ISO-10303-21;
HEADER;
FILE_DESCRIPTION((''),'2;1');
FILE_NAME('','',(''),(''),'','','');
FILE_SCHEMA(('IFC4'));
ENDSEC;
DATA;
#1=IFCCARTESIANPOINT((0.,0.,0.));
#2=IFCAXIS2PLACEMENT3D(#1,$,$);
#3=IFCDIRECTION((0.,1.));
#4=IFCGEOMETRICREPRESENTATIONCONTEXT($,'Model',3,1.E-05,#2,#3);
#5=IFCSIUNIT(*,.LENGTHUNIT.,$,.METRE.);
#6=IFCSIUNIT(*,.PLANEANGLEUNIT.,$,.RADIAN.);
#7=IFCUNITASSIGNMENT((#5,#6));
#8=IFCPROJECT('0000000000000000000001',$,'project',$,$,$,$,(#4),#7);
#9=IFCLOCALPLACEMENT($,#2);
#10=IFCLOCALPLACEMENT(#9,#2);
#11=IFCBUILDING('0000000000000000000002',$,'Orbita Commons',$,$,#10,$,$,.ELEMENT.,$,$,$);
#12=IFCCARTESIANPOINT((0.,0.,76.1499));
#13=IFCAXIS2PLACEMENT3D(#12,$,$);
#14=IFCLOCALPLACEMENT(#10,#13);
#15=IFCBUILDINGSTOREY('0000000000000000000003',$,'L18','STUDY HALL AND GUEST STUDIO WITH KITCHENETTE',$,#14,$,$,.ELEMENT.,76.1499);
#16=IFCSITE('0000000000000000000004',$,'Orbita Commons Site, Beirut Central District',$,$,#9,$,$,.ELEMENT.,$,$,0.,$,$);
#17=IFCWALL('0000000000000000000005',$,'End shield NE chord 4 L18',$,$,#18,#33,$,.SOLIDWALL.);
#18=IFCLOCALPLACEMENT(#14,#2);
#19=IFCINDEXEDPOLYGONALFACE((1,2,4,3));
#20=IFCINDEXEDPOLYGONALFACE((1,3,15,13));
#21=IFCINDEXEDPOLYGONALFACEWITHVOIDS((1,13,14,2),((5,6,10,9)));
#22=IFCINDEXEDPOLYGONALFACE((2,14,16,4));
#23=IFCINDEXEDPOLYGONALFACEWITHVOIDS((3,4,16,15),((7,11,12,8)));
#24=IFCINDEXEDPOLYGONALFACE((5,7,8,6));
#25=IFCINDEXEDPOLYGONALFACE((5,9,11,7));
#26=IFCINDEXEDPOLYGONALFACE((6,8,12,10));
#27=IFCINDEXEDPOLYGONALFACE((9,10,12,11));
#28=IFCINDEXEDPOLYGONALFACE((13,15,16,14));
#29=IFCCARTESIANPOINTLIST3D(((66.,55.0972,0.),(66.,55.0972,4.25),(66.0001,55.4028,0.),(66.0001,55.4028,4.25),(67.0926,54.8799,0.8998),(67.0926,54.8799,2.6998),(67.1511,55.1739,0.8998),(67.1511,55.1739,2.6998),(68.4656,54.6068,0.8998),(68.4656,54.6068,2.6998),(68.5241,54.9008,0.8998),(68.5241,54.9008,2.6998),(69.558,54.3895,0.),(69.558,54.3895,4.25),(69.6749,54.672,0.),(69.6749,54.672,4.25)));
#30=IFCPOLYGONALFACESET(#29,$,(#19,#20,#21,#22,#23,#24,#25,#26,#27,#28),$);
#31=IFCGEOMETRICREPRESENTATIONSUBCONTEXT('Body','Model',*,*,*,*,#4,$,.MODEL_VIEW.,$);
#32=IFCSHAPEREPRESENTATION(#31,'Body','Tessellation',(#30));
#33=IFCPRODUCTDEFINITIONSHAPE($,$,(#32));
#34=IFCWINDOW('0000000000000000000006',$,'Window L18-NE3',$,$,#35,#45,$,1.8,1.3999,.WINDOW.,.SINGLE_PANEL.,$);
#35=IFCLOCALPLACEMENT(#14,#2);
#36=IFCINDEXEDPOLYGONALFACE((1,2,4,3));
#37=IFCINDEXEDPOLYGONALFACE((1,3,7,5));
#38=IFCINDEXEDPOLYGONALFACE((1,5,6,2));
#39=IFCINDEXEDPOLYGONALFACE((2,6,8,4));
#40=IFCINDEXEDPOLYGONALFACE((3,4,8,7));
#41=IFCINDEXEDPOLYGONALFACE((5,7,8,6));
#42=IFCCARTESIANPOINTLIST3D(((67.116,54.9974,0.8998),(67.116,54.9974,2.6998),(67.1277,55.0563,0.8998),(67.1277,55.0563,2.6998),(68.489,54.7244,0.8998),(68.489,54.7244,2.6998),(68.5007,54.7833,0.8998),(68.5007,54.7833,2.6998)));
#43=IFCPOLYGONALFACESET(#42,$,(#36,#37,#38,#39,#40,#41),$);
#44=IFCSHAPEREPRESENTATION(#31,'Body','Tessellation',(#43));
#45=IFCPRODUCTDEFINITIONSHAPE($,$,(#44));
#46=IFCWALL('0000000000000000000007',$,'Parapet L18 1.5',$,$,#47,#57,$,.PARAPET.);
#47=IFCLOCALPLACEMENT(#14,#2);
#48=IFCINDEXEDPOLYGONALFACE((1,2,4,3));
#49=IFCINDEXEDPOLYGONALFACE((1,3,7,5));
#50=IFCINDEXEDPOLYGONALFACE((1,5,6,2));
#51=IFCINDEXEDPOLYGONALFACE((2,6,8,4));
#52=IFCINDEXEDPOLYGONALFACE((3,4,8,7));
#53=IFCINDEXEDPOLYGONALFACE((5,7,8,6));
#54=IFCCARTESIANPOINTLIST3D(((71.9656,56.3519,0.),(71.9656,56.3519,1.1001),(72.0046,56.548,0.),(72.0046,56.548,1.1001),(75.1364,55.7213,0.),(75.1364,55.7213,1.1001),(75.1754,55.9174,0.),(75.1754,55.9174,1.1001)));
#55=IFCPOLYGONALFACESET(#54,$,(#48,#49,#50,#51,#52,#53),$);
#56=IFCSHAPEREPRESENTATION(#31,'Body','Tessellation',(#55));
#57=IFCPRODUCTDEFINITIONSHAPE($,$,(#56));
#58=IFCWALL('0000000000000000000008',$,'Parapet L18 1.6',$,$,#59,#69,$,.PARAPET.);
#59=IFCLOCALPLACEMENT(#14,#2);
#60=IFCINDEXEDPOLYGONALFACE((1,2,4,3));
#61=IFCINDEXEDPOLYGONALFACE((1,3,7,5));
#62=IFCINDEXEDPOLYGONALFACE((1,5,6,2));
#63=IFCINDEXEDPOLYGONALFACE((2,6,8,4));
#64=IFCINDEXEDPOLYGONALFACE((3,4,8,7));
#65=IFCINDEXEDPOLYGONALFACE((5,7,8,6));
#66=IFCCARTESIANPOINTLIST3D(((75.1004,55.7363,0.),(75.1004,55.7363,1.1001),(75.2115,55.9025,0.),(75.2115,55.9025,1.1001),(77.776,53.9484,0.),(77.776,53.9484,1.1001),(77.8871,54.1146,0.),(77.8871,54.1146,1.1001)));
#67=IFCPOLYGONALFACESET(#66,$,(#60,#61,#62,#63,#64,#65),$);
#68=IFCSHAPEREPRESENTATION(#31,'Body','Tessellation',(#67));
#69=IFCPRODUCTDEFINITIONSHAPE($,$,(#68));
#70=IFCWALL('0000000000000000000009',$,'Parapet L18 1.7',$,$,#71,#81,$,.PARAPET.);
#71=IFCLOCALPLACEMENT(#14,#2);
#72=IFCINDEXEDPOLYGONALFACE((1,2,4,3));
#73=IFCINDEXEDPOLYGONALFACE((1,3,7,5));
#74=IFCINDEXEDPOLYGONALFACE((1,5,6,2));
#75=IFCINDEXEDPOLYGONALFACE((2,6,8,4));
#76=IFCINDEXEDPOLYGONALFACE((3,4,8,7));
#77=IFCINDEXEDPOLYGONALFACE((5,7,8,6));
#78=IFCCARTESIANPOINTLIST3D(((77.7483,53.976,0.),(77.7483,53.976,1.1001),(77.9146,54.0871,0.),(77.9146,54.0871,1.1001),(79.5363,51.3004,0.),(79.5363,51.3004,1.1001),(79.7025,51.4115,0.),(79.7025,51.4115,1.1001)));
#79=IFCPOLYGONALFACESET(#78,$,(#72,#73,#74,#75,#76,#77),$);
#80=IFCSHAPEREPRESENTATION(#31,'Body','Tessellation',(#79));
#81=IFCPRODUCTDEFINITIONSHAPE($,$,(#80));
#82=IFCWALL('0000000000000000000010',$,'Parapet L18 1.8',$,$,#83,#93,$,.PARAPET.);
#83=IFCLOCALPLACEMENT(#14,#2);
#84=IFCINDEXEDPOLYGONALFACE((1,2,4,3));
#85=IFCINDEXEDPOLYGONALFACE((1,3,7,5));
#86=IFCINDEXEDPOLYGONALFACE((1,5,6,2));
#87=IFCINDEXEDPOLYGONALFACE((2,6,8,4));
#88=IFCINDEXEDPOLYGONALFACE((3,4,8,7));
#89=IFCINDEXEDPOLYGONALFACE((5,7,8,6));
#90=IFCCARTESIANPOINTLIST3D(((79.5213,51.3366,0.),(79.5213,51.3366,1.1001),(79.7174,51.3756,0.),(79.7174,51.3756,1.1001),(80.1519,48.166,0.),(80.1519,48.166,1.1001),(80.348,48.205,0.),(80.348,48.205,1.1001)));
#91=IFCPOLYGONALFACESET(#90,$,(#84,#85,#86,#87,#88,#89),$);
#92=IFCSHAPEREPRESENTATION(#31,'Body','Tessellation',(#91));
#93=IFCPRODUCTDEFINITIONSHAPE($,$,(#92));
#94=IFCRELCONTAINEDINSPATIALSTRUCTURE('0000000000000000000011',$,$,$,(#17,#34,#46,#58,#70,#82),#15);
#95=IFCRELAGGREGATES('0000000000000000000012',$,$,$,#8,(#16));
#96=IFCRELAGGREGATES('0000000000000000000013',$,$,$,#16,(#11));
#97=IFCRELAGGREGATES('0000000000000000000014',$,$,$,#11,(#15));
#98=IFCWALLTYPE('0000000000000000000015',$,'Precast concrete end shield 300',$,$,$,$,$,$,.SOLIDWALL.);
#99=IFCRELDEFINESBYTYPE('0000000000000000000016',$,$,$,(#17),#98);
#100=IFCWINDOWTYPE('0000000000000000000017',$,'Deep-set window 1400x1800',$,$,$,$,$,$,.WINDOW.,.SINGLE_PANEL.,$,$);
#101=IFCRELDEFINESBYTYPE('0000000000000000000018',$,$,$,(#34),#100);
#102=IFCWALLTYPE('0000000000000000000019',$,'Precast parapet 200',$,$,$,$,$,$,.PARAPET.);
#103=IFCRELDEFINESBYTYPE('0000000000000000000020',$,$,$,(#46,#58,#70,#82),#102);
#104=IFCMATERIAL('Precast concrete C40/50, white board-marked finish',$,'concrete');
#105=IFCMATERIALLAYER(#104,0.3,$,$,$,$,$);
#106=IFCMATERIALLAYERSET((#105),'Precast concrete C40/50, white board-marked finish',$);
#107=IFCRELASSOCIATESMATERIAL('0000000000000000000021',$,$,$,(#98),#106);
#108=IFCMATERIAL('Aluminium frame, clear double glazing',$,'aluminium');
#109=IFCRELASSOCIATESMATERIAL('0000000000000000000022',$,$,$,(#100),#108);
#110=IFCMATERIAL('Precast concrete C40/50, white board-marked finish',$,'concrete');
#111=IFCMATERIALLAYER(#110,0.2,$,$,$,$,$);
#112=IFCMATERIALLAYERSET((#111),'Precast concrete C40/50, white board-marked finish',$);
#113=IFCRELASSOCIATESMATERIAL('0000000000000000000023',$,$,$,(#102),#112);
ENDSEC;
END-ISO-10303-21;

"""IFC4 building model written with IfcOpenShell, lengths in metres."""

from ifc_helpers import new_model, si_unit, direction, frame, frame_2d, origin, place, context, subcontext, project, spatial, polyline, rectangle, outline, extrude, material, layer, layer_set, type_object, element, fill, save


model = new_model("IFC4")

# Units and contexts
model_context = context("Model", 3, precision=1e-05, world=origin(), true_north=direction((0.0, 1.0)))
body_context = subcontext(model_context, "Body", "Model", "MODEL_VIEW")
ifc_project = project(units=[si_unit("LENGTHUNIT", "METRE"), si_unit("PLANEANGLEUNIT", "RADIAN")], contexts=[model_context])

# Site, building, storey
site_placement = place(None, origin())
site = spatial("IfcSite", under=ifc_project, at=site_placement, Name="Orbita Commons Site, Beirut Central District", CompositionType="ELEMENT", RefElevation=0.0)
building_placement = place(site_placement, origin())
building = spatial("IfcBuilding", under=site, at=building_placement, Name="Orbita Commons", CompositionType="ELEMENT")
storey_placement = place(building_placement, frame((0.0, 0.0, 76.1499)))
storey = spatial("IfcBuildingStorey", under=building, at=storey_placement, Name="L18", Description="STUDY HALL AND GUEST STUDIO WITH KITCHENETTE", CompositionType="ELEMENT", Elevation=76.1499)

# Wall, opening, window
ifc_material_1 = material(Name="Precast concrete C40/50, white board-marked finish", Category="concrete")
ifc_layer_1 = layer(ifc_material_1, 0.3)
ifc_layer_set_1 = layer_set([ifc_layer_1], Name="Precast concrete C40/50, white board-marked finish")
wall_type_1 = type_object("IfcWallType", Name="Precast concrete end shield 300", PredefinedType="SOLIDWALL", material=ifc_layer_set_1)
ifc_material_2 = material(Name="Aluminium frame, clear double glazing", Category="aluminium")
window_type = type_object("IfcWindowType", Name="Deep-set window 1400x1800", PartitioningType="SINGLE_PANEL", PredefinedType="WINDOW", material=ifc_material_2)
wall_1_placement = place(storey_placement, frame((69.6165, 54.5308, 0.0), z_axis=(0.0, 0.0, 1.0), x_axis=(-0.980791, 0.195059, 0.0)))
wall_1 = element("IfcWall", 1, at=wall_1_placement, inside=storey, type_object=wall_type_1, Name="End shield NE chord 4 L18", PredefinedType="SOLIDWALL", context=body_context, shape_type="SweptSolid", body=[
    extrude(outline(polyline([(-0.0298, -0.1499), (3.717, -0.1499), (3.6575, 0.1499), (0.0298, 0.1499), (-0.0298, -0.1499)])), origin(), (0.0, 0.0, 1.0), 4.25),
])
opening_1_placement = place(wall_1_placement, frame((1.1436, 0.0, 0.8999)))
opening_1 = element("IfcOpeningElement", 2, at=opening_1_placement, cuts=wall_1, PredefinedType="OPENING", context=body_context, shape_type="SweptSolid", body=[
    extrude(rectangle(XDim=1.3999, YDim=1.8, at=frame_2d((0.7, 0.8999))), frame((0.0, 0.1599, 0.0), z_axis=(0.0, -1.0, 0.0), x_axis=(1.0, 0.0, 0.0)), (0.0, 0.0, 1.0), 0.3201),
])
window_1_placement = place(opening_1_placement, origin())
window_1 = element("IfcWindow", 3, at=window_1_placement, inside=storey, type_object=window_type, Name="Window L18-NE3", OverallHeight=1.8, OverallWidth=1.3999, PartitioningType="SINGLE_PANEL", PredefinedType="WINDOW", context=body_context, shape_type="SweptSolid", body=[
    extrude(rectangle(XDim=1.3999, YDim=1.8, at=frame_2d((0.7, 0.8999))), frame((0.0, 0.03, 0.0), z_axis=(0.0, -1.0, 0.0), x_axis=(1.0, 0.0, 0.0)), (0.0, 0.0, 1.0), 0.0601),
])
fill(opening_1, window_1)

# Walls
ifc_material_3 = material(Name="Precast concrete C40/50, white board-marked finish", Category="concrete")
ifc_layer_2 = layer(ifc_material_3, 0.2)
ifc_layer_set_2 = layer_set([ifc_layer_2], Name="Precast concrete C40/50, white board-marked finish")
wall_type_2 = type_object("IfcWallType", Name="Precast parapet 200", PredefinedType="PARAPET", material=ifc_layer_set_2)
wall_2_placement = place(storey_placement, frame((71.9851, 56.45, 0.0), z_axis=(0.0, 0.0, 1.0), x_axis=(0.980792, -0.195056, 0.0)))
element("IfcWall", 4, at=wall_2_placement, inside=storey, type_object=wall_type_2, Name="Parapet L18 1.5", PredefinedType="PARAPET", context=body_context, shape_type="SweptSolid", body=[
    extrude(rectangle(XDim=3.2329, YDim=0.2, at=frame_2d((1.6165, 0.0))), origin(), (0.0, 0.0, 1.0), 1.1001),
])
for number, where, z_axis, x_axis, name in (
    (5, (75.156, 55.8193, 0.0), (0.0, 0.0, 1.0), (0.831455, -0.555593, 0.0), "Parapet L18 1.6"),
    (6, (77.8315, 54.0315, 0.0), (0.0, 0.0, 1.0), (0.555593, -0.831455, 0.0), "Parapet L18 1.7"),
):
    element("IfcWall", number, at=place(storey_placement, frame(where, z_axis=z_axis, x_axis=x_axis)), inside=storey, type_object=wall_type_2, Name=name, PredefinedType="PARAPET", context=body_context, shape_type="SweptSolid", body=[
        extrude(rectangle(XDim=3.218, YDim=0.2, at=frame_2d((1.6089, 0.0))), origin(), (0.0, 0.0, 1.0), 1.1001),
    ])
wall_3_placement = place(storey_placement, frame((79.6194, 51.356, 0.0), z_axis=(0.0, 0.0, 1.0), x_axis=(0.19507, -0.980789, 0.0)))
element("IfcWall", 7, at=wall_3_placement, inside=storey, type_object=wall_type_2, Name="Parapet L18 1.8", PredefinedType="PARAPET", context=body_context, shape_type="SweptSolid", body=[
    extrude(rectangle(XDim=3.2327, YDim=0.2, at=frame_2d((1.6162, 0.0))), origin(), (0.0, 0.0, 1.0), 1.1001),
])

save(model, "model.ifc")
